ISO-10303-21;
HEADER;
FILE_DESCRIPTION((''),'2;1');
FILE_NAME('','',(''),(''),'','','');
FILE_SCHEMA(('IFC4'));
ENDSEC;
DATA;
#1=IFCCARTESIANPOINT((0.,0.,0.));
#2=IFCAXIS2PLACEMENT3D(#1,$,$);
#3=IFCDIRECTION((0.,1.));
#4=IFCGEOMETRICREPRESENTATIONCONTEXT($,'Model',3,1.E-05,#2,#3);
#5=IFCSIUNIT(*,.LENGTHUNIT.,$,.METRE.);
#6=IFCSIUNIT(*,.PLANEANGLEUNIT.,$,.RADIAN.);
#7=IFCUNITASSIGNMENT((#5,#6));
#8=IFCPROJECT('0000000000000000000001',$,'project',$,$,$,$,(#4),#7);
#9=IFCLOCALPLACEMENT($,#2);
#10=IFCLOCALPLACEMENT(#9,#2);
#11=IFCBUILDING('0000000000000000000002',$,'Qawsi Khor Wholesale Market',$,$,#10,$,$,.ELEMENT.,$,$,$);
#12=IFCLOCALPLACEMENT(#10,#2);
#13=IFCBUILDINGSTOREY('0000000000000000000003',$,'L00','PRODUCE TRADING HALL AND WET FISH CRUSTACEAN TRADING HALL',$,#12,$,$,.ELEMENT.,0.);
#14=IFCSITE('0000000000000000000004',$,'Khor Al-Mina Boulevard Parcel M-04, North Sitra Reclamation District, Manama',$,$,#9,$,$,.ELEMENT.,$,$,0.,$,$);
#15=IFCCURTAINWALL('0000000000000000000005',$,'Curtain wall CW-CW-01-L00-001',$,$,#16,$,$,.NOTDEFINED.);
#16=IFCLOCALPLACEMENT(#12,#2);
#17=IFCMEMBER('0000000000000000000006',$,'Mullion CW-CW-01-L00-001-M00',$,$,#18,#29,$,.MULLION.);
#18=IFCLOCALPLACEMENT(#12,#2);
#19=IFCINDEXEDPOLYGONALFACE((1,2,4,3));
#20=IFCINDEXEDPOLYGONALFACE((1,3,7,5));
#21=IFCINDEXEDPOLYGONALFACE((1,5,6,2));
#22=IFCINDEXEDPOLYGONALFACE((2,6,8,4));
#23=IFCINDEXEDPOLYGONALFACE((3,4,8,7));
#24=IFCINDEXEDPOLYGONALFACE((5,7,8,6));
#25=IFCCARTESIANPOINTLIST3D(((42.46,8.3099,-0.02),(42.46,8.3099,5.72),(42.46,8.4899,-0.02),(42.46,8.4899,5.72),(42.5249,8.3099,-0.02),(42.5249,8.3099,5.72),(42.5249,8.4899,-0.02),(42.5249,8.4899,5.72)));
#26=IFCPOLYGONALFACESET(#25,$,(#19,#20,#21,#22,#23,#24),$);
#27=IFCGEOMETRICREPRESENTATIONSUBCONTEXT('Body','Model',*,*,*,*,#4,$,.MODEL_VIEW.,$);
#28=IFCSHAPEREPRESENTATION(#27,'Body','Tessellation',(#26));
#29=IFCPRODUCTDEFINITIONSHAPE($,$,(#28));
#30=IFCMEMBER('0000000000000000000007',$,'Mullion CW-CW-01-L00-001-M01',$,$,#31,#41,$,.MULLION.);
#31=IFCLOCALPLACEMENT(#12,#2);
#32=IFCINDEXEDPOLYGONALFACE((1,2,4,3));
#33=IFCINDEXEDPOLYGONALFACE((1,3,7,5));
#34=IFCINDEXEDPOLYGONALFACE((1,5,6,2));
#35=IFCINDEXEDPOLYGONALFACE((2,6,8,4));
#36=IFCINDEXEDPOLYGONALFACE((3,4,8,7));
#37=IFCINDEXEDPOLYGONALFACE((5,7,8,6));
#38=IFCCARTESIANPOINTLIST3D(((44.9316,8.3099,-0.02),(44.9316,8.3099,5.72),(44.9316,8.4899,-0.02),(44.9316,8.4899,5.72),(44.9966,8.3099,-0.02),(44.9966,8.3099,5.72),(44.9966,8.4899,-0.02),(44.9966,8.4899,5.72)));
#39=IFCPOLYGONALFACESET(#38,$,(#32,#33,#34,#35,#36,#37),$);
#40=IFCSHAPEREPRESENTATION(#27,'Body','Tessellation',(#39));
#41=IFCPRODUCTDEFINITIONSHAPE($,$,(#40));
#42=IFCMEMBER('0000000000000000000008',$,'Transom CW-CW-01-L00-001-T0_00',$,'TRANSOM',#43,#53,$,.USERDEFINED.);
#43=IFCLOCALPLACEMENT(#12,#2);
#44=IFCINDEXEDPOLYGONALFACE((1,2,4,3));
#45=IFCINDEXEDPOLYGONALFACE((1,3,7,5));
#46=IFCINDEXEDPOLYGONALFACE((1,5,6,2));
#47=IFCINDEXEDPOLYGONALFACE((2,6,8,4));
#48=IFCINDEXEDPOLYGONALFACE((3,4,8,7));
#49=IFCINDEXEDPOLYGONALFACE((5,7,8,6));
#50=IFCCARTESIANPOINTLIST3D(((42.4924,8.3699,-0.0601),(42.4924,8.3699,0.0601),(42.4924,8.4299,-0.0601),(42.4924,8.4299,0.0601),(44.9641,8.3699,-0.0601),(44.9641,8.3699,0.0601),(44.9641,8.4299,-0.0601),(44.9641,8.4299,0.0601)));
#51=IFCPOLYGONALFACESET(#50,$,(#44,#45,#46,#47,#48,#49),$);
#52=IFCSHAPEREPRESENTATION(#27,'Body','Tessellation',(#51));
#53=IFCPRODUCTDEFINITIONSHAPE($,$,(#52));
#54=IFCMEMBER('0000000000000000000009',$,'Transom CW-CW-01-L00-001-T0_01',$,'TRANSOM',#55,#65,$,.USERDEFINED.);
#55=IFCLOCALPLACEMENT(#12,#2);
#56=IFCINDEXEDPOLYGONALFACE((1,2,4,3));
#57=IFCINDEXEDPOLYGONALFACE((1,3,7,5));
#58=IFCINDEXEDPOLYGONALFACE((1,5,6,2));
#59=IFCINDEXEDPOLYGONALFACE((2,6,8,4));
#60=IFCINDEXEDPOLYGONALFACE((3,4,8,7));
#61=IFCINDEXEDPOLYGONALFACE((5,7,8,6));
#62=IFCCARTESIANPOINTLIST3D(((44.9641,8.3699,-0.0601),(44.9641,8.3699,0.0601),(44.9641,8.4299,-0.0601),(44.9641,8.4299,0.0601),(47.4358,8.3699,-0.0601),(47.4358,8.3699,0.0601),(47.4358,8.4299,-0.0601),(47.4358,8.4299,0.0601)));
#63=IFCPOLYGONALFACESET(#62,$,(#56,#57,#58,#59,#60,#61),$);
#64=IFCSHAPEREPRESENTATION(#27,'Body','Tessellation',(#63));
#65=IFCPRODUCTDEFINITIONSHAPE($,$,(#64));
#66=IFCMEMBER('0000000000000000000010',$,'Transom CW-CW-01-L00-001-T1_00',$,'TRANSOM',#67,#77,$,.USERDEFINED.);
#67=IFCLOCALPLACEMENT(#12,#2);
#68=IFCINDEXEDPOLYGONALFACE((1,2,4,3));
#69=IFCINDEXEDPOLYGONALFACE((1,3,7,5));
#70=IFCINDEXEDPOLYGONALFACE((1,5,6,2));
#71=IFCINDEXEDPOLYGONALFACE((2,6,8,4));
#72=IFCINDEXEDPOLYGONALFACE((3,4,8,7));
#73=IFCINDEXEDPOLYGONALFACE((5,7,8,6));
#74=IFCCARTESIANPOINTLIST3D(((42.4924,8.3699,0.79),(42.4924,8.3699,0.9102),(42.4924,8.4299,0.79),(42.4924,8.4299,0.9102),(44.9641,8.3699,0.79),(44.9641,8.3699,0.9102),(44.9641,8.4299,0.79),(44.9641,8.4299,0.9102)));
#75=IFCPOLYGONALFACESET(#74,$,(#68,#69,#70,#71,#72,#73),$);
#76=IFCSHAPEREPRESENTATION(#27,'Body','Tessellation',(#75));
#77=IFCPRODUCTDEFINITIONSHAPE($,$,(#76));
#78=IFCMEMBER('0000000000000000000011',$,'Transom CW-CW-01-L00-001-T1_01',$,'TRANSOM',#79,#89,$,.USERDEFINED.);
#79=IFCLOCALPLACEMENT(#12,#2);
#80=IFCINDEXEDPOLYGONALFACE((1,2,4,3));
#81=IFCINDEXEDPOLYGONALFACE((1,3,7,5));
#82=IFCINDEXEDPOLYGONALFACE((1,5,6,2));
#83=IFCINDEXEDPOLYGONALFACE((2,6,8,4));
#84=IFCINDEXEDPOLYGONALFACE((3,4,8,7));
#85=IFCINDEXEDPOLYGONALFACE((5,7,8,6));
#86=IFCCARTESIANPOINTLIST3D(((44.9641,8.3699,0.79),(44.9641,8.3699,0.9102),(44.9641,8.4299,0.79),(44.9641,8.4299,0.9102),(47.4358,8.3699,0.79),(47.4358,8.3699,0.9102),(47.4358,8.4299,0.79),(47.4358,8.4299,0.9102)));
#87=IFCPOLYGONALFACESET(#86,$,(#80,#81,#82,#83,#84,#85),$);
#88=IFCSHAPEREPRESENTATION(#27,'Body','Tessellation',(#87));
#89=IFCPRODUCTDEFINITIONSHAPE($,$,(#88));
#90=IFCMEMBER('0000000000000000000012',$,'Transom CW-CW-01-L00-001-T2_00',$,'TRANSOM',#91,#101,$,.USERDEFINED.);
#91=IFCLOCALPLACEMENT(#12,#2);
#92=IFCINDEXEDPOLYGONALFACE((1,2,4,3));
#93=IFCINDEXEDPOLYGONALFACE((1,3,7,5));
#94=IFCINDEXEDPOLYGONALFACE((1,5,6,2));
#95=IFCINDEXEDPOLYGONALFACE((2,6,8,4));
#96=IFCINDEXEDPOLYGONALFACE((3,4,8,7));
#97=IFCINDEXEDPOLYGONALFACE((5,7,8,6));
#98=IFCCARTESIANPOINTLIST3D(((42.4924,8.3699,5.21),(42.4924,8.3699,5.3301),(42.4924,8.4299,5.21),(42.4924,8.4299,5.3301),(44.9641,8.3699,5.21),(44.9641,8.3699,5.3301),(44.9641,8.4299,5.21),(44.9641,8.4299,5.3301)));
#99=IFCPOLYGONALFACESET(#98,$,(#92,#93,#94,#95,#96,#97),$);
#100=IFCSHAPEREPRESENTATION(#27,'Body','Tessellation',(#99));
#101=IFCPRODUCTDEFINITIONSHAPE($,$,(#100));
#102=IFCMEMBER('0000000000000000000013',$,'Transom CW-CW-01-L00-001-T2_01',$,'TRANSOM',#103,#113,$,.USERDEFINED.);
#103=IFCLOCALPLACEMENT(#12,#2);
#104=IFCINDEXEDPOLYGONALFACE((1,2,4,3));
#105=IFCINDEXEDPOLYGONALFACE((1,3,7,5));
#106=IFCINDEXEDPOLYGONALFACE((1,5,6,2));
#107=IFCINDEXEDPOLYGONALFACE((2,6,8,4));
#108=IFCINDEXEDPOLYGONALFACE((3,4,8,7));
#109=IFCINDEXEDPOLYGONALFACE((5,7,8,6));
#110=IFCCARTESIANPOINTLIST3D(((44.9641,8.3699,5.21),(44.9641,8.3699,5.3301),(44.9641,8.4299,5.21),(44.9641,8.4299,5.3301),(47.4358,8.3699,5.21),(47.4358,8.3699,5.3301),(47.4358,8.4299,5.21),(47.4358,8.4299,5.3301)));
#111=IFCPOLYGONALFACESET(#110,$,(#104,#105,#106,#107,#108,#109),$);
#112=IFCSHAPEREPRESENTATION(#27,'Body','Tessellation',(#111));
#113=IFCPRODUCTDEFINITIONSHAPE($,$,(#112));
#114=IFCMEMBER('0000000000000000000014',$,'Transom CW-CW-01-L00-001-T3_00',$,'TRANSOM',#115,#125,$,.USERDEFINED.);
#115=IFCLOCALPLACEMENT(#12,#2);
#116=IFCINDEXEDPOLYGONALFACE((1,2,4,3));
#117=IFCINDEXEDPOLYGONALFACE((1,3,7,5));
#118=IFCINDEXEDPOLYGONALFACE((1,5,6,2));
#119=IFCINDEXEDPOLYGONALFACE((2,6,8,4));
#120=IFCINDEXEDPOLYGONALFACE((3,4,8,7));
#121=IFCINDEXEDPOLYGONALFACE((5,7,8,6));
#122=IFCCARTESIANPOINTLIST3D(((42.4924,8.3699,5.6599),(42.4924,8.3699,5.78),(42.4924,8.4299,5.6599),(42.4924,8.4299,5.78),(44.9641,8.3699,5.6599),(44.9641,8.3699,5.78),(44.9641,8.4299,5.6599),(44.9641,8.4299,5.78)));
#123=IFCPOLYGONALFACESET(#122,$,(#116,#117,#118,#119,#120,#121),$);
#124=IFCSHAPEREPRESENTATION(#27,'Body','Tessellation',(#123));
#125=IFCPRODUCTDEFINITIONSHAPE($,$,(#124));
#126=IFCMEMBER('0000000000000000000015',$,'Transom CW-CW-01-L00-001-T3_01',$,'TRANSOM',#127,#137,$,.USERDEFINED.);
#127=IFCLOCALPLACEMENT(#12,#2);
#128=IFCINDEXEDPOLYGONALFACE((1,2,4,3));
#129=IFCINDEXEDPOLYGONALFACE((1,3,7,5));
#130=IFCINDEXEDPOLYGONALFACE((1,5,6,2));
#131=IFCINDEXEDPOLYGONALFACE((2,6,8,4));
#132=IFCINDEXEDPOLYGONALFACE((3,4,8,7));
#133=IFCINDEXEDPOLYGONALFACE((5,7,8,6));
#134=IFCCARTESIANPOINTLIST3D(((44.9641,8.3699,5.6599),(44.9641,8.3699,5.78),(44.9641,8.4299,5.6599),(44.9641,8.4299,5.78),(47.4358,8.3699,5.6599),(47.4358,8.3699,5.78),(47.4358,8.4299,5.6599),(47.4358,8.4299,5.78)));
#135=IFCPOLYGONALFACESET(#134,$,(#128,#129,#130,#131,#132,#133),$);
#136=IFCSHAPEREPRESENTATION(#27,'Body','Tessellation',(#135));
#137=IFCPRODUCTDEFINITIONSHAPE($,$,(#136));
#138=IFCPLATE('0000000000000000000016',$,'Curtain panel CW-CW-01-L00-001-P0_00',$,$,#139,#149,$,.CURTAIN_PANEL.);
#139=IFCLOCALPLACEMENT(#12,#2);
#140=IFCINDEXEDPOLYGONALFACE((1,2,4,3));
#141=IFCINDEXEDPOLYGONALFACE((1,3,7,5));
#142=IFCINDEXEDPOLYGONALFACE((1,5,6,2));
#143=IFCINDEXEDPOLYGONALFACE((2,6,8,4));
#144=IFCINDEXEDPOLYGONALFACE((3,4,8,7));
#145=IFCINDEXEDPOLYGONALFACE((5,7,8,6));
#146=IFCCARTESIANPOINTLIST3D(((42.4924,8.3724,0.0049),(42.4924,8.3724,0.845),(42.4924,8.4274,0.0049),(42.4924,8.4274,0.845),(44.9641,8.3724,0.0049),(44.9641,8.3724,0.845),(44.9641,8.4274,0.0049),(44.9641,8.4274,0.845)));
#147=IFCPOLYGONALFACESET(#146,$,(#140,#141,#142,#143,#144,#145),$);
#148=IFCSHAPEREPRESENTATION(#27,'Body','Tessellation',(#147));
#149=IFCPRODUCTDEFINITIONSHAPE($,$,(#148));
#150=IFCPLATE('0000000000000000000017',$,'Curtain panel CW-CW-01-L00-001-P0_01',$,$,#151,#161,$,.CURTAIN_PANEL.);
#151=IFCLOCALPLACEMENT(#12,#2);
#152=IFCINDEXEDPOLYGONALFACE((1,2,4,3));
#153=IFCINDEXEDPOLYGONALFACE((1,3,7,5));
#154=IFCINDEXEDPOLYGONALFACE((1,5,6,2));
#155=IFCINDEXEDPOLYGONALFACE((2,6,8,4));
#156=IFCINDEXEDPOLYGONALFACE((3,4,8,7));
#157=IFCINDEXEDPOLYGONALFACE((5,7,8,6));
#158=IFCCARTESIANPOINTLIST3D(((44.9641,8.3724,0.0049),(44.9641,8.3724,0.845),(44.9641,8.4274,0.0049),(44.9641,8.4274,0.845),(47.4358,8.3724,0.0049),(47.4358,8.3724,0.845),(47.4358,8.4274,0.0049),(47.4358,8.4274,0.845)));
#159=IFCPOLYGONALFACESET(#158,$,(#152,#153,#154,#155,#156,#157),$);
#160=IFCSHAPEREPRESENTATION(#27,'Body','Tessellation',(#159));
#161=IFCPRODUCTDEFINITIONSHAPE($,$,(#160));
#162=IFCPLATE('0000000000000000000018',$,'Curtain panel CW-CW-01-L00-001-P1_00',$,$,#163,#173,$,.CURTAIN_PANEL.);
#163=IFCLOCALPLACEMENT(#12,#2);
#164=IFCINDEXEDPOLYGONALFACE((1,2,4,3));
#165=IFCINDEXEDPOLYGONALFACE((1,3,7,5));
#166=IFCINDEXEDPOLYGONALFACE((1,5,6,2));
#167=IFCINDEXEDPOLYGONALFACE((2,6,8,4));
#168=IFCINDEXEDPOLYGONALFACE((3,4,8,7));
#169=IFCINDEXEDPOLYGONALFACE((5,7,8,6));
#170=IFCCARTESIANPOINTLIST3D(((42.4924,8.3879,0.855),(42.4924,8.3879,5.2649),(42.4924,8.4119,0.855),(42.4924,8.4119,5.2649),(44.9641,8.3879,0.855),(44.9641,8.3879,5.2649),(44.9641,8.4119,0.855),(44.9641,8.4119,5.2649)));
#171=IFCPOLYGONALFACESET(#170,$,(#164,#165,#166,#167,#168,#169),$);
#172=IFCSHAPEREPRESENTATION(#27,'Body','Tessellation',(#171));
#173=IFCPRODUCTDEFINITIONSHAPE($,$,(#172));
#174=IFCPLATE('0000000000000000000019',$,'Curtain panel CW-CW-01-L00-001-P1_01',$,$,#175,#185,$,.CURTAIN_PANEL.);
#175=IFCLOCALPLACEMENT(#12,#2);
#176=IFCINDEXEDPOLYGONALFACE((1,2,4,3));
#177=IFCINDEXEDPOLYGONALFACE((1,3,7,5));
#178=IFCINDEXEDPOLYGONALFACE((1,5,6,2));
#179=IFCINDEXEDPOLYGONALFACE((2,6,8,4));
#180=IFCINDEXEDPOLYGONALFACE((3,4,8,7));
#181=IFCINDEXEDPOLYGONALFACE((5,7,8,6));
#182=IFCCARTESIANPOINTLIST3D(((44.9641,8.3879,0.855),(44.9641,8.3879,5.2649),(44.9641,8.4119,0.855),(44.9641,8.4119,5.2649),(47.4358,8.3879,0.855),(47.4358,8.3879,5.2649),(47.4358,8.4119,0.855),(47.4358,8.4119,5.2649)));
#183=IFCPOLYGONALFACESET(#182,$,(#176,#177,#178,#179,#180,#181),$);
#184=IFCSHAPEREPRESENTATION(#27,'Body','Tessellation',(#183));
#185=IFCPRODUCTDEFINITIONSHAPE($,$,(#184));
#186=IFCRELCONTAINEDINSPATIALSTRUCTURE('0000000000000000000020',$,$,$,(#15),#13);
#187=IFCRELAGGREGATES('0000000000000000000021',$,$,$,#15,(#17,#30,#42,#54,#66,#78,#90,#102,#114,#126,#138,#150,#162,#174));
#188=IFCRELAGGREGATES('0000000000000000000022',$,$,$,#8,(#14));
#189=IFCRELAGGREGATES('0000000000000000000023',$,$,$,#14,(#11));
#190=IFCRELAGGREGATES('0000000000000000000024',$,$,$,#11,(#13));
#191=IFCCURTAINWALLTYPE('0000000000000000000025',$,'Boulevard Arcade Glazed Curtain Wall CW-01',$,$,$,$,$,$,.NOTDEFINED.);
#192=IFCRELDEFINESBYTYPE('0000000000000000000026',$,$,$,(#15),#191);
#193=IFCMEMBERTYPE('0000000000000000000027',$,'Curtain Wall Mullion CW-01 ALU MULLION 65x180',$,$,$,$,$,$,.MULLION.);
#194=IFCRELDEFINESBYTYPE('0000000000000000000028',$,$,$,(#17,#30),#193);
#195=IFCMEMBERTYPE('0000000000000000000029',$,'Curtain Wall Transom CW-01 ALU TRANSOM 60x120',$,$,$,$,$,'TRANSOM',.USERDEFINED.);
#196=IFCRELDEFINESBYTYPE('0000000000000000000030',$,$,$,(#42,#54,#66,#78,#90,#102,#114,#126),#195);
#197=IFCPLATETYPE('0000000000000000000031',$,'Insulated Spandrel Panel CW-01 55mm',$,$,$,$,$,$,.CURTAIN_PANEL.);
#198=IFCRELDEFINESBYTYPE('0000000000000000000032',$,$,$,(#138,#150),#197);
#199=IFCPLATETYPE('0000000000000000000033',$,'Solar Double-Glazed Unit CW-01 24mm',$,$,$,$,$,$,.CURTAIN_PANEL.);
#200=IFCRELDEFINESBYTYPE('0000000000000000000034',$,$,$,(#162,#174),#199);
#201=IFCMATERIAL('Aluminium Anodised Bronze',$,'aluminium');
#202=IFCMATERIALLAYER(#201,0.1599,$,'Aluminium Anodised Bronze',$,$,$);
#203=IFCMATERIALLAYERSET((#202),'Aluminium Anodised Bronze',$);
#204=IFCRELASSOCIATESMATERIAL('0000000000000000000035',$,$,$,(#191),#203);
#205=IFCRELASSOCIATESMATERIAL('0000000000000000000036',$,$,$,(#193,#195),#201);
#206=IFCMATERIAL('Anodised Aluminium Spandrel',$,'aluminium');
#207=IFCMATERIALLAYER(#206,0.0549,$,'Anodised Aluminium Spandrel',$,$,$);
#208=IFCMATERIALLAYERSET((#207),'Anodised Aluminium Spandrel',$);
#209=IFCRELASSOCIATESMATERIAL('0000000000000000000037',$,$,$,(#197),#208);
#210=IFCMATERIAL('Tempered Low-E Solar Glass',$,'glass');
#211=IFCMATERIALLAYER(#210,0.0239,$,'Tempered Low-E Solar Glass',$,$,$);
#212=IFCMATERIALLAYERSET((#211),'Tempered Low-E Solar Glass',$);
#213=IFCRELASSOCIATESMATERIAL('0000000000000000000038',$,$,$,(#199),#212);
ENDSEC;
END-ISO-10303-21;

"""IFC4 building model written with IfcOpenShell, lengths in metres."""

from ifc_helpers import new_model, si_unit, direction, frame, frame_2d, origin, origin_2d, place, context, subcontext, project, spatial, rectangle, extrude, material, layer, layer_set, material_profile, profile_set, type_object, element, aggregate, save


model = new_model("IFC4")

# Units and contexts
model_context = context("Model", 3, precision=1e-05, world=origin(), true_north=direction((0.0, 1.0)))
body_context = subcontext(model_context, "Body", "Model", "MODEL_VIEW")
ifc_project = project(units=[si_unit("LENGTHUNIT", "METRE"), si_unit("PLANEANGLEUNIT", "RADIAN")], contexts=[model_context])

# Site, building, storey
site_placement = place(None, origin())
site = spatial("IfcSite", under=ifc_project, at=site_placement, Name="Khor Al-Mina Boulevard Parcel M-04, North Sitra Reclamation District, Manama", CompositionType="ELEMENT", RefElevation=0.0)
building_placement = place(site_placement, origin())
building = spatial("IfcBuilding", under=site, at=building_placement, Name="Qawsi Khor Wholesale Market", CompositionType="ELEMENT")
storey_placement = place(building_placement, origin())
storey = spatial("IfcBuildingStorey", under=building, at=storey_placement, Name="L00", Description="PRODUCE TRADING HALL AND WET FISH CRUSTACEAN TRADING HALL", CompositionType="ELEMENT", Elevation=0.0)

# Curtain wall, members, plates
ifc_material_1 = material(Name="Aluminium Anodised Bronze", Category="aluminium")
ifc_layer_1 = layer(ifc_material_1, 0.1599, Name="Aluminium Anodised Bronze")
ifc_layer_set_1 = layer_set([ifc_layer_1], Name="Aluminium Anodised Bronze")
curtain_wall_type = type_object("IfcCurtainWallType", Name="Boulevard Arcade Glazed Curtain Wall CW-01", PredefinedType="NOTDEFINED", material=ifc_layer_set_1)
curtain_wall_placement = place(storey_placement, origin())
curtain_wall = element("IfcCurtainWall", 1, at=curtain_wall_placement, inside=storey, type_object=curtain_wall_type, Name="Curtain wall CW-CW-01-L00-001", PredefinedType="NOTDEFINED")
ifc_material_profile_1 = material_profile(ifc_material_1, rectangle(XDim=0.0649, YDim=0.1799, at=origin_2d()), Name="ALU MULLION 65x180")
ifc_profile_set_1 = profile_set([ifc_material_profile_1], Name="Aluminium Anodised Bronze")
member_type_1 = type_object("IfcMemberType", Name="Curtain Wall Mullion CW-01 ALU MULLION 65x180", PredefinedType="MULLION", material=ifc_profile_set_1)
member_1_placement = place(storey_placement, frame((42.4924, 8.3999, -0.02), z_axis=(0.0, 0.0, 1.0), x_axis=(1.0, 0.0, 0.0)))
member_1 = element("IfcMember", 2, at=member_1_placement, type_object=member_type_1, Name="Mullion CW-CW-01-L00-001-M00", PredefinedType="MULLION", context=body_context, shape_type="SweptSolid", body=[
    extrude(rectangle(XDim=0.0649, YDim=0.1799, at=origin_2d()), origin(), (0.0, 0.0, 1.0), 5.74),
])
member_2_placement = place(storey_placement, frame((44.9641, 8.3999, -0.02), z_axis=(0.0, 0.0, 1.0), x_axis=(1.0, 0.0, 0.0)))
member_2 = element("IfcMember", 3, at=member_2_placement, type_object=member_type_1, Name="Mullion CW-CW-01-L00-001-M01", PredefinedType="MULLION", context=body_context, shape_type="SweptSolid", body=[
    extrude(rectangle(XDim=0.0649, YDim=0.1799, at=origin_2d()), origin(), (0.0, 0.0, 1.0), 5.74),
])
ifc_material_profile_2 = material_profile(ifc_material_1, rectangle(XDim=0.0601, YDim=0.1201, at=origin_2d()), Name="ALU TRANSOM 60x120")
ifc_profile_set_2 = profile_set([ifc_material_profile_2], Name="Aluminium Anodised Bronze")
member_type_2 = type_object("IfcMemberType", Name="Curtain Wall Transom CW-01 ALU TRANSOM 60x120", ElementType="TRANSOM", PredefinedType="USERDEFINED", material=ifc_profile_set_2)
member_3_placement = place(storey_placement, frame((42.4924, 8.3999, 0.0), z_axis=(1.0, 0.0, 0.0), x_axis=(0.0, 1.0, 0.0)))
member_3 = element("IfcMember", 4, at=member_3_placement, type_object=member_type_2, Name="Transom CW-CW-01-L00-001-T0_00", ObjectType="TRANSOM", PredefinedType="USERDEFINED", context=body_context, shape_type="SweptSolid", body=[
    extrude(rectangle(XDim=0.0601, YDim=0.1201, at=origin_2d()), origin(), (0.0, 0.0, 1.0), 2.4717),
])
member_4_placement = place(storey_placement, frame((44.9641, 8.3999, 0.0), z_axis=(1.0, 0.0, 0.0), x_axis=(0.0, 1.0, 0.0)))
member_4 = element("IfcMember", 5, at=member_4_placement, type_object=member_type_2, Name="Transom CW-CW-01-L00-001-T0_01", ObjectType="TRANSOM", PredefinedType="USERDEFINED", context=body_context, shape_type="SweptSolid", body=[
    extrude(rectangle(XDim=0.0601, YDim=0.1201, at=origin_2d()), origin(), (0.0, 0.0, 1.0), 2.4717),
])
member_5_placement = place(storey_placement, frame((42.4924, 8.3999, 0.8501), z_axis=(1.0, 0.0, 0.0), x_axis=(0.0, 1.0, 0.0)))
member_5 = element("IfcMember", 6, at=member_5_placement, type_object=member_type_2, Name="Transom CW-CW-01-L00-001-T1_00", ObjectType="TRANSOM", PredefinedType="USERDEFINED", context=body_context, shape_type="SweptSolid", body=[
    extrude(rectangle(XDim=0.0601, YDim=0.1201, at=origin_2d()), origin(), (0.0, 0.0, 1.0), 2.4717),
])
member_6_placement = place(storey_placement, frame((44.9641, 8.3999, 0.8501), z_axis=(1.0, 0.0, 0.0), x_axis=(0.0, 1.0, 0.0)))
member_6 = element("IfcMember", 7, at=member_6_placement, type_object=member_type_2, Name="Transom CW-CW-01-L00-001-T1_01", ObjectType="TRANSOM", PredefinedType="USERDEFINED", context=body_context, shape_type="SweptSolid", body=[
    extrude(rectangle(XDim=0.0601, YDim=0.1201, at=origin_2d()), origin(), (0.0, 0.0, 1.0), 2.4717),
])
member_7_placement = place(storey_placement, frame((42.4924, 8.3999, 5.27), z_axis=(1.0, 0.0, 0.0), x_axis=(0.0, 1.0, 0.0)))
member_7 = element("IfcMember", 8, at=member_7_placement, type_object=member_type_2, Name="Transom CW-CW-01-L00-001-T2_00", ObjectType="TRANSOM", PredefinedType="USERDEFINED", context=body_context, shape_type="SweptSolid", body=[
    extrude(rectangle(XDim=0.0601, YDim=0.1201, at=origin_2d()), origin(), (0.0, 0.0, 1.0), 2.4717),
])
member_8_placement = place(storey_placement, frame((44.9641, 8.3999, 5.27), z_axis=(1.0, 0.0, 0.0), x_axis=(0.0, 1.0, 0.0)))
member_8 = element("IfcMember", 9, at=member_8_placement, type_object=member_type_2, Name="Transom CW-CW-01-L00-001-T2_01", ObjectType="TRANSOM", PredefinedType="USERDEFINED", context=body_context, shape_type="SweptSolid", body=[
    extrude(rectangle(XDim=0.0601, YDim=0.1201, at=origin_2d()), origin(), (0.0, 0.0, 1.0), 2.4717),
])
member_9_placement = place(storey_placement, frame((42.4924, 8.3999, 5.72), z_axis=(1.0, 0.0, 0.0), x_axis=(0.0, 1.0, 0.0)))
member_9 = element("IfcMember", 10, at=member_9_placement, type_object=member_type_2, Name="Transom CW-CW-01-L00-001-T3_00", ObjectType="TRANSOM", PredefinedType="USERDEFINED", context=body_context, shape_type="SweptSolid", body=[
    extrude(rectangle(XDim=0.0601, YDim=0.1201, at=origin_2d()), origin(), (0.0, 0.0, 1.0), 2.4717),
])
member_10_placement = place(storey_placement, frame((44.9641, 8.3999, 5.72), z_axis=(1.0, 0.0, 0.0), x_axis=(0.0, 1.0, 0.0)))
member_10 = element("IfcMember", 11, at=member_10_placement, type_object=member_type_2, Name="Transom CW-CW-01-L00-001-T3_01", ObjectType="TRANSOM", PredefinedType="USERDEFINED", context=body_context, shape_type="SweptSolid", body=[
    extrude(rectangle(XDim=0.0601, YDim=0.1201, at=origin_2d()), origin(), (0.0, 0.0, 1.0), 2.4717),
])
ifc_material_2 = material(Name="Anodised Aluminium Spandrel", Category="aluminium")
ifc_layer_2 = layer(ifc_material_2, 0.0549, Name="Anodised Aluminium Spandrel")
ifc_layer_set_2 = layer_set([ifc_layer_2], Name="Anodised Aluminium Spandrel")
plate_type_1 = type_object("IfcPlateType", Name="Insulated Spandrel Panel CW-01 55mm", PredefinedType="CURTAIN_PANEL", material=ifc_layer_set_2)
plate_1_placement = place(storey_placement, frame((42.4924, 8.3999, 0.0049), z_axis=(0.0, 0.0, 1.0), x_axis=(1.0, 0.0, 0.0)))
plate_1 = element("IfcPlate", 12, at=plate_1_placement, type_object=plate_type_1, Name="Curtain panel CW-CW-01-L00-001-P0_00", PredefinedType="CURTAIN_PANEL", context=body_context, shape_type="SweptSolid", body=[
    extrude(rectangle(XDim=2.4717, YDim=0.0549, at=frame_2d((1.2358, 0.0))), origin(), (0.0, 0.0, 1.0), 0.8401),
])
plate_2_placement = place(storey_placement, frame((44.9641, 8.3999, 0.0049), z_axis=(0.0, 0.0, 1.0), x_axis=(1.0, 0.0, 0.0)))
plate_2 = element("IfcPlate", 13, at=plate_2_placement, type_object=plate_type_1, Name="Curtain panel CW-CW-01-L00-001-P0_01", PredefinedType="CURTAIN_PANEL", context=body_context, shape_type="SweptSolid", body=[
    extrude(rectangle(XDim=2.4717, YDim=0.0549, at=frame_2d((1.2358, 0.0))), origin(), (0.0, 0.0, 1.0), 0.8401),
])
ifc_material_3 = material(Name="Tempered Low-E Solar Glass", Category="glass")
ifc_layer_3 = layer(ifc_material_3, 0.0239, Name="Tempered Low-E Solar Glass")
ifc_layer_set_3 = layer_set([ifc_layer_3], Name="Tempered Low-E Solar Glass")
plate_type_2 = type_object("IfcPlateType", Name="Solar Double-Glazed Unit CW-01 24mm", PredefinedType="CURTAIN_PANEL", material=ifc_layer_set_3)
plate_3_placement = place(storey_placement, frame((42.4924, 8.3999, 0.855), z_axis=(0.0, 0.0, 1.0), x_axis=(1.0, 0.0, 0.0)))
plate_3 = element("IfcPlate", 14, at=plate_3_placement, type_object=plate_type_2, Name="Curtain panel CW-CW-01-L00-001-P1_00", PredefinedType="CURTAIN_PANEL", context=body_context, shape_type="SweptSolid", body=[
    extrude(rectangle(XDim=2.4717, YDim=0.0239, at=frame_2d((1.2358, 0.0))), origin(), (0.0, 0.0, 1.0), 4.4099),
])
plate_4_placement = place(storey_placement, frame((44.9641, 8.3999, 0.855), z_axis=(0.0, 0.0, 1.0), x_axis=(1.0, 0.0, 0.0)))
plate_4 = element("IfcPlate", 15, at=plate_4_placement, type_object=plate_type_2, Name="Curtain panel CW-CW-01-L00-001-P1_01", PredefinedType="CURTAIN_PANEL", context=body_context, shape_type="SweptSolid", body=[
    extrude(rectangle(XDim=2.4717, YDim=0.0239, at=frame_2d((1.2358, 0.0))), origin(), (0.0, 0.0, 1.0), 4.4099),
])
aggregate(curtain_wall, [member_1, member_2, member_3, member_4, member_5, member_6, member_7, member_8, member_9, member_10, plate_1, plate_2, plate_3, plate_4])

save(model, "model.ifc")
